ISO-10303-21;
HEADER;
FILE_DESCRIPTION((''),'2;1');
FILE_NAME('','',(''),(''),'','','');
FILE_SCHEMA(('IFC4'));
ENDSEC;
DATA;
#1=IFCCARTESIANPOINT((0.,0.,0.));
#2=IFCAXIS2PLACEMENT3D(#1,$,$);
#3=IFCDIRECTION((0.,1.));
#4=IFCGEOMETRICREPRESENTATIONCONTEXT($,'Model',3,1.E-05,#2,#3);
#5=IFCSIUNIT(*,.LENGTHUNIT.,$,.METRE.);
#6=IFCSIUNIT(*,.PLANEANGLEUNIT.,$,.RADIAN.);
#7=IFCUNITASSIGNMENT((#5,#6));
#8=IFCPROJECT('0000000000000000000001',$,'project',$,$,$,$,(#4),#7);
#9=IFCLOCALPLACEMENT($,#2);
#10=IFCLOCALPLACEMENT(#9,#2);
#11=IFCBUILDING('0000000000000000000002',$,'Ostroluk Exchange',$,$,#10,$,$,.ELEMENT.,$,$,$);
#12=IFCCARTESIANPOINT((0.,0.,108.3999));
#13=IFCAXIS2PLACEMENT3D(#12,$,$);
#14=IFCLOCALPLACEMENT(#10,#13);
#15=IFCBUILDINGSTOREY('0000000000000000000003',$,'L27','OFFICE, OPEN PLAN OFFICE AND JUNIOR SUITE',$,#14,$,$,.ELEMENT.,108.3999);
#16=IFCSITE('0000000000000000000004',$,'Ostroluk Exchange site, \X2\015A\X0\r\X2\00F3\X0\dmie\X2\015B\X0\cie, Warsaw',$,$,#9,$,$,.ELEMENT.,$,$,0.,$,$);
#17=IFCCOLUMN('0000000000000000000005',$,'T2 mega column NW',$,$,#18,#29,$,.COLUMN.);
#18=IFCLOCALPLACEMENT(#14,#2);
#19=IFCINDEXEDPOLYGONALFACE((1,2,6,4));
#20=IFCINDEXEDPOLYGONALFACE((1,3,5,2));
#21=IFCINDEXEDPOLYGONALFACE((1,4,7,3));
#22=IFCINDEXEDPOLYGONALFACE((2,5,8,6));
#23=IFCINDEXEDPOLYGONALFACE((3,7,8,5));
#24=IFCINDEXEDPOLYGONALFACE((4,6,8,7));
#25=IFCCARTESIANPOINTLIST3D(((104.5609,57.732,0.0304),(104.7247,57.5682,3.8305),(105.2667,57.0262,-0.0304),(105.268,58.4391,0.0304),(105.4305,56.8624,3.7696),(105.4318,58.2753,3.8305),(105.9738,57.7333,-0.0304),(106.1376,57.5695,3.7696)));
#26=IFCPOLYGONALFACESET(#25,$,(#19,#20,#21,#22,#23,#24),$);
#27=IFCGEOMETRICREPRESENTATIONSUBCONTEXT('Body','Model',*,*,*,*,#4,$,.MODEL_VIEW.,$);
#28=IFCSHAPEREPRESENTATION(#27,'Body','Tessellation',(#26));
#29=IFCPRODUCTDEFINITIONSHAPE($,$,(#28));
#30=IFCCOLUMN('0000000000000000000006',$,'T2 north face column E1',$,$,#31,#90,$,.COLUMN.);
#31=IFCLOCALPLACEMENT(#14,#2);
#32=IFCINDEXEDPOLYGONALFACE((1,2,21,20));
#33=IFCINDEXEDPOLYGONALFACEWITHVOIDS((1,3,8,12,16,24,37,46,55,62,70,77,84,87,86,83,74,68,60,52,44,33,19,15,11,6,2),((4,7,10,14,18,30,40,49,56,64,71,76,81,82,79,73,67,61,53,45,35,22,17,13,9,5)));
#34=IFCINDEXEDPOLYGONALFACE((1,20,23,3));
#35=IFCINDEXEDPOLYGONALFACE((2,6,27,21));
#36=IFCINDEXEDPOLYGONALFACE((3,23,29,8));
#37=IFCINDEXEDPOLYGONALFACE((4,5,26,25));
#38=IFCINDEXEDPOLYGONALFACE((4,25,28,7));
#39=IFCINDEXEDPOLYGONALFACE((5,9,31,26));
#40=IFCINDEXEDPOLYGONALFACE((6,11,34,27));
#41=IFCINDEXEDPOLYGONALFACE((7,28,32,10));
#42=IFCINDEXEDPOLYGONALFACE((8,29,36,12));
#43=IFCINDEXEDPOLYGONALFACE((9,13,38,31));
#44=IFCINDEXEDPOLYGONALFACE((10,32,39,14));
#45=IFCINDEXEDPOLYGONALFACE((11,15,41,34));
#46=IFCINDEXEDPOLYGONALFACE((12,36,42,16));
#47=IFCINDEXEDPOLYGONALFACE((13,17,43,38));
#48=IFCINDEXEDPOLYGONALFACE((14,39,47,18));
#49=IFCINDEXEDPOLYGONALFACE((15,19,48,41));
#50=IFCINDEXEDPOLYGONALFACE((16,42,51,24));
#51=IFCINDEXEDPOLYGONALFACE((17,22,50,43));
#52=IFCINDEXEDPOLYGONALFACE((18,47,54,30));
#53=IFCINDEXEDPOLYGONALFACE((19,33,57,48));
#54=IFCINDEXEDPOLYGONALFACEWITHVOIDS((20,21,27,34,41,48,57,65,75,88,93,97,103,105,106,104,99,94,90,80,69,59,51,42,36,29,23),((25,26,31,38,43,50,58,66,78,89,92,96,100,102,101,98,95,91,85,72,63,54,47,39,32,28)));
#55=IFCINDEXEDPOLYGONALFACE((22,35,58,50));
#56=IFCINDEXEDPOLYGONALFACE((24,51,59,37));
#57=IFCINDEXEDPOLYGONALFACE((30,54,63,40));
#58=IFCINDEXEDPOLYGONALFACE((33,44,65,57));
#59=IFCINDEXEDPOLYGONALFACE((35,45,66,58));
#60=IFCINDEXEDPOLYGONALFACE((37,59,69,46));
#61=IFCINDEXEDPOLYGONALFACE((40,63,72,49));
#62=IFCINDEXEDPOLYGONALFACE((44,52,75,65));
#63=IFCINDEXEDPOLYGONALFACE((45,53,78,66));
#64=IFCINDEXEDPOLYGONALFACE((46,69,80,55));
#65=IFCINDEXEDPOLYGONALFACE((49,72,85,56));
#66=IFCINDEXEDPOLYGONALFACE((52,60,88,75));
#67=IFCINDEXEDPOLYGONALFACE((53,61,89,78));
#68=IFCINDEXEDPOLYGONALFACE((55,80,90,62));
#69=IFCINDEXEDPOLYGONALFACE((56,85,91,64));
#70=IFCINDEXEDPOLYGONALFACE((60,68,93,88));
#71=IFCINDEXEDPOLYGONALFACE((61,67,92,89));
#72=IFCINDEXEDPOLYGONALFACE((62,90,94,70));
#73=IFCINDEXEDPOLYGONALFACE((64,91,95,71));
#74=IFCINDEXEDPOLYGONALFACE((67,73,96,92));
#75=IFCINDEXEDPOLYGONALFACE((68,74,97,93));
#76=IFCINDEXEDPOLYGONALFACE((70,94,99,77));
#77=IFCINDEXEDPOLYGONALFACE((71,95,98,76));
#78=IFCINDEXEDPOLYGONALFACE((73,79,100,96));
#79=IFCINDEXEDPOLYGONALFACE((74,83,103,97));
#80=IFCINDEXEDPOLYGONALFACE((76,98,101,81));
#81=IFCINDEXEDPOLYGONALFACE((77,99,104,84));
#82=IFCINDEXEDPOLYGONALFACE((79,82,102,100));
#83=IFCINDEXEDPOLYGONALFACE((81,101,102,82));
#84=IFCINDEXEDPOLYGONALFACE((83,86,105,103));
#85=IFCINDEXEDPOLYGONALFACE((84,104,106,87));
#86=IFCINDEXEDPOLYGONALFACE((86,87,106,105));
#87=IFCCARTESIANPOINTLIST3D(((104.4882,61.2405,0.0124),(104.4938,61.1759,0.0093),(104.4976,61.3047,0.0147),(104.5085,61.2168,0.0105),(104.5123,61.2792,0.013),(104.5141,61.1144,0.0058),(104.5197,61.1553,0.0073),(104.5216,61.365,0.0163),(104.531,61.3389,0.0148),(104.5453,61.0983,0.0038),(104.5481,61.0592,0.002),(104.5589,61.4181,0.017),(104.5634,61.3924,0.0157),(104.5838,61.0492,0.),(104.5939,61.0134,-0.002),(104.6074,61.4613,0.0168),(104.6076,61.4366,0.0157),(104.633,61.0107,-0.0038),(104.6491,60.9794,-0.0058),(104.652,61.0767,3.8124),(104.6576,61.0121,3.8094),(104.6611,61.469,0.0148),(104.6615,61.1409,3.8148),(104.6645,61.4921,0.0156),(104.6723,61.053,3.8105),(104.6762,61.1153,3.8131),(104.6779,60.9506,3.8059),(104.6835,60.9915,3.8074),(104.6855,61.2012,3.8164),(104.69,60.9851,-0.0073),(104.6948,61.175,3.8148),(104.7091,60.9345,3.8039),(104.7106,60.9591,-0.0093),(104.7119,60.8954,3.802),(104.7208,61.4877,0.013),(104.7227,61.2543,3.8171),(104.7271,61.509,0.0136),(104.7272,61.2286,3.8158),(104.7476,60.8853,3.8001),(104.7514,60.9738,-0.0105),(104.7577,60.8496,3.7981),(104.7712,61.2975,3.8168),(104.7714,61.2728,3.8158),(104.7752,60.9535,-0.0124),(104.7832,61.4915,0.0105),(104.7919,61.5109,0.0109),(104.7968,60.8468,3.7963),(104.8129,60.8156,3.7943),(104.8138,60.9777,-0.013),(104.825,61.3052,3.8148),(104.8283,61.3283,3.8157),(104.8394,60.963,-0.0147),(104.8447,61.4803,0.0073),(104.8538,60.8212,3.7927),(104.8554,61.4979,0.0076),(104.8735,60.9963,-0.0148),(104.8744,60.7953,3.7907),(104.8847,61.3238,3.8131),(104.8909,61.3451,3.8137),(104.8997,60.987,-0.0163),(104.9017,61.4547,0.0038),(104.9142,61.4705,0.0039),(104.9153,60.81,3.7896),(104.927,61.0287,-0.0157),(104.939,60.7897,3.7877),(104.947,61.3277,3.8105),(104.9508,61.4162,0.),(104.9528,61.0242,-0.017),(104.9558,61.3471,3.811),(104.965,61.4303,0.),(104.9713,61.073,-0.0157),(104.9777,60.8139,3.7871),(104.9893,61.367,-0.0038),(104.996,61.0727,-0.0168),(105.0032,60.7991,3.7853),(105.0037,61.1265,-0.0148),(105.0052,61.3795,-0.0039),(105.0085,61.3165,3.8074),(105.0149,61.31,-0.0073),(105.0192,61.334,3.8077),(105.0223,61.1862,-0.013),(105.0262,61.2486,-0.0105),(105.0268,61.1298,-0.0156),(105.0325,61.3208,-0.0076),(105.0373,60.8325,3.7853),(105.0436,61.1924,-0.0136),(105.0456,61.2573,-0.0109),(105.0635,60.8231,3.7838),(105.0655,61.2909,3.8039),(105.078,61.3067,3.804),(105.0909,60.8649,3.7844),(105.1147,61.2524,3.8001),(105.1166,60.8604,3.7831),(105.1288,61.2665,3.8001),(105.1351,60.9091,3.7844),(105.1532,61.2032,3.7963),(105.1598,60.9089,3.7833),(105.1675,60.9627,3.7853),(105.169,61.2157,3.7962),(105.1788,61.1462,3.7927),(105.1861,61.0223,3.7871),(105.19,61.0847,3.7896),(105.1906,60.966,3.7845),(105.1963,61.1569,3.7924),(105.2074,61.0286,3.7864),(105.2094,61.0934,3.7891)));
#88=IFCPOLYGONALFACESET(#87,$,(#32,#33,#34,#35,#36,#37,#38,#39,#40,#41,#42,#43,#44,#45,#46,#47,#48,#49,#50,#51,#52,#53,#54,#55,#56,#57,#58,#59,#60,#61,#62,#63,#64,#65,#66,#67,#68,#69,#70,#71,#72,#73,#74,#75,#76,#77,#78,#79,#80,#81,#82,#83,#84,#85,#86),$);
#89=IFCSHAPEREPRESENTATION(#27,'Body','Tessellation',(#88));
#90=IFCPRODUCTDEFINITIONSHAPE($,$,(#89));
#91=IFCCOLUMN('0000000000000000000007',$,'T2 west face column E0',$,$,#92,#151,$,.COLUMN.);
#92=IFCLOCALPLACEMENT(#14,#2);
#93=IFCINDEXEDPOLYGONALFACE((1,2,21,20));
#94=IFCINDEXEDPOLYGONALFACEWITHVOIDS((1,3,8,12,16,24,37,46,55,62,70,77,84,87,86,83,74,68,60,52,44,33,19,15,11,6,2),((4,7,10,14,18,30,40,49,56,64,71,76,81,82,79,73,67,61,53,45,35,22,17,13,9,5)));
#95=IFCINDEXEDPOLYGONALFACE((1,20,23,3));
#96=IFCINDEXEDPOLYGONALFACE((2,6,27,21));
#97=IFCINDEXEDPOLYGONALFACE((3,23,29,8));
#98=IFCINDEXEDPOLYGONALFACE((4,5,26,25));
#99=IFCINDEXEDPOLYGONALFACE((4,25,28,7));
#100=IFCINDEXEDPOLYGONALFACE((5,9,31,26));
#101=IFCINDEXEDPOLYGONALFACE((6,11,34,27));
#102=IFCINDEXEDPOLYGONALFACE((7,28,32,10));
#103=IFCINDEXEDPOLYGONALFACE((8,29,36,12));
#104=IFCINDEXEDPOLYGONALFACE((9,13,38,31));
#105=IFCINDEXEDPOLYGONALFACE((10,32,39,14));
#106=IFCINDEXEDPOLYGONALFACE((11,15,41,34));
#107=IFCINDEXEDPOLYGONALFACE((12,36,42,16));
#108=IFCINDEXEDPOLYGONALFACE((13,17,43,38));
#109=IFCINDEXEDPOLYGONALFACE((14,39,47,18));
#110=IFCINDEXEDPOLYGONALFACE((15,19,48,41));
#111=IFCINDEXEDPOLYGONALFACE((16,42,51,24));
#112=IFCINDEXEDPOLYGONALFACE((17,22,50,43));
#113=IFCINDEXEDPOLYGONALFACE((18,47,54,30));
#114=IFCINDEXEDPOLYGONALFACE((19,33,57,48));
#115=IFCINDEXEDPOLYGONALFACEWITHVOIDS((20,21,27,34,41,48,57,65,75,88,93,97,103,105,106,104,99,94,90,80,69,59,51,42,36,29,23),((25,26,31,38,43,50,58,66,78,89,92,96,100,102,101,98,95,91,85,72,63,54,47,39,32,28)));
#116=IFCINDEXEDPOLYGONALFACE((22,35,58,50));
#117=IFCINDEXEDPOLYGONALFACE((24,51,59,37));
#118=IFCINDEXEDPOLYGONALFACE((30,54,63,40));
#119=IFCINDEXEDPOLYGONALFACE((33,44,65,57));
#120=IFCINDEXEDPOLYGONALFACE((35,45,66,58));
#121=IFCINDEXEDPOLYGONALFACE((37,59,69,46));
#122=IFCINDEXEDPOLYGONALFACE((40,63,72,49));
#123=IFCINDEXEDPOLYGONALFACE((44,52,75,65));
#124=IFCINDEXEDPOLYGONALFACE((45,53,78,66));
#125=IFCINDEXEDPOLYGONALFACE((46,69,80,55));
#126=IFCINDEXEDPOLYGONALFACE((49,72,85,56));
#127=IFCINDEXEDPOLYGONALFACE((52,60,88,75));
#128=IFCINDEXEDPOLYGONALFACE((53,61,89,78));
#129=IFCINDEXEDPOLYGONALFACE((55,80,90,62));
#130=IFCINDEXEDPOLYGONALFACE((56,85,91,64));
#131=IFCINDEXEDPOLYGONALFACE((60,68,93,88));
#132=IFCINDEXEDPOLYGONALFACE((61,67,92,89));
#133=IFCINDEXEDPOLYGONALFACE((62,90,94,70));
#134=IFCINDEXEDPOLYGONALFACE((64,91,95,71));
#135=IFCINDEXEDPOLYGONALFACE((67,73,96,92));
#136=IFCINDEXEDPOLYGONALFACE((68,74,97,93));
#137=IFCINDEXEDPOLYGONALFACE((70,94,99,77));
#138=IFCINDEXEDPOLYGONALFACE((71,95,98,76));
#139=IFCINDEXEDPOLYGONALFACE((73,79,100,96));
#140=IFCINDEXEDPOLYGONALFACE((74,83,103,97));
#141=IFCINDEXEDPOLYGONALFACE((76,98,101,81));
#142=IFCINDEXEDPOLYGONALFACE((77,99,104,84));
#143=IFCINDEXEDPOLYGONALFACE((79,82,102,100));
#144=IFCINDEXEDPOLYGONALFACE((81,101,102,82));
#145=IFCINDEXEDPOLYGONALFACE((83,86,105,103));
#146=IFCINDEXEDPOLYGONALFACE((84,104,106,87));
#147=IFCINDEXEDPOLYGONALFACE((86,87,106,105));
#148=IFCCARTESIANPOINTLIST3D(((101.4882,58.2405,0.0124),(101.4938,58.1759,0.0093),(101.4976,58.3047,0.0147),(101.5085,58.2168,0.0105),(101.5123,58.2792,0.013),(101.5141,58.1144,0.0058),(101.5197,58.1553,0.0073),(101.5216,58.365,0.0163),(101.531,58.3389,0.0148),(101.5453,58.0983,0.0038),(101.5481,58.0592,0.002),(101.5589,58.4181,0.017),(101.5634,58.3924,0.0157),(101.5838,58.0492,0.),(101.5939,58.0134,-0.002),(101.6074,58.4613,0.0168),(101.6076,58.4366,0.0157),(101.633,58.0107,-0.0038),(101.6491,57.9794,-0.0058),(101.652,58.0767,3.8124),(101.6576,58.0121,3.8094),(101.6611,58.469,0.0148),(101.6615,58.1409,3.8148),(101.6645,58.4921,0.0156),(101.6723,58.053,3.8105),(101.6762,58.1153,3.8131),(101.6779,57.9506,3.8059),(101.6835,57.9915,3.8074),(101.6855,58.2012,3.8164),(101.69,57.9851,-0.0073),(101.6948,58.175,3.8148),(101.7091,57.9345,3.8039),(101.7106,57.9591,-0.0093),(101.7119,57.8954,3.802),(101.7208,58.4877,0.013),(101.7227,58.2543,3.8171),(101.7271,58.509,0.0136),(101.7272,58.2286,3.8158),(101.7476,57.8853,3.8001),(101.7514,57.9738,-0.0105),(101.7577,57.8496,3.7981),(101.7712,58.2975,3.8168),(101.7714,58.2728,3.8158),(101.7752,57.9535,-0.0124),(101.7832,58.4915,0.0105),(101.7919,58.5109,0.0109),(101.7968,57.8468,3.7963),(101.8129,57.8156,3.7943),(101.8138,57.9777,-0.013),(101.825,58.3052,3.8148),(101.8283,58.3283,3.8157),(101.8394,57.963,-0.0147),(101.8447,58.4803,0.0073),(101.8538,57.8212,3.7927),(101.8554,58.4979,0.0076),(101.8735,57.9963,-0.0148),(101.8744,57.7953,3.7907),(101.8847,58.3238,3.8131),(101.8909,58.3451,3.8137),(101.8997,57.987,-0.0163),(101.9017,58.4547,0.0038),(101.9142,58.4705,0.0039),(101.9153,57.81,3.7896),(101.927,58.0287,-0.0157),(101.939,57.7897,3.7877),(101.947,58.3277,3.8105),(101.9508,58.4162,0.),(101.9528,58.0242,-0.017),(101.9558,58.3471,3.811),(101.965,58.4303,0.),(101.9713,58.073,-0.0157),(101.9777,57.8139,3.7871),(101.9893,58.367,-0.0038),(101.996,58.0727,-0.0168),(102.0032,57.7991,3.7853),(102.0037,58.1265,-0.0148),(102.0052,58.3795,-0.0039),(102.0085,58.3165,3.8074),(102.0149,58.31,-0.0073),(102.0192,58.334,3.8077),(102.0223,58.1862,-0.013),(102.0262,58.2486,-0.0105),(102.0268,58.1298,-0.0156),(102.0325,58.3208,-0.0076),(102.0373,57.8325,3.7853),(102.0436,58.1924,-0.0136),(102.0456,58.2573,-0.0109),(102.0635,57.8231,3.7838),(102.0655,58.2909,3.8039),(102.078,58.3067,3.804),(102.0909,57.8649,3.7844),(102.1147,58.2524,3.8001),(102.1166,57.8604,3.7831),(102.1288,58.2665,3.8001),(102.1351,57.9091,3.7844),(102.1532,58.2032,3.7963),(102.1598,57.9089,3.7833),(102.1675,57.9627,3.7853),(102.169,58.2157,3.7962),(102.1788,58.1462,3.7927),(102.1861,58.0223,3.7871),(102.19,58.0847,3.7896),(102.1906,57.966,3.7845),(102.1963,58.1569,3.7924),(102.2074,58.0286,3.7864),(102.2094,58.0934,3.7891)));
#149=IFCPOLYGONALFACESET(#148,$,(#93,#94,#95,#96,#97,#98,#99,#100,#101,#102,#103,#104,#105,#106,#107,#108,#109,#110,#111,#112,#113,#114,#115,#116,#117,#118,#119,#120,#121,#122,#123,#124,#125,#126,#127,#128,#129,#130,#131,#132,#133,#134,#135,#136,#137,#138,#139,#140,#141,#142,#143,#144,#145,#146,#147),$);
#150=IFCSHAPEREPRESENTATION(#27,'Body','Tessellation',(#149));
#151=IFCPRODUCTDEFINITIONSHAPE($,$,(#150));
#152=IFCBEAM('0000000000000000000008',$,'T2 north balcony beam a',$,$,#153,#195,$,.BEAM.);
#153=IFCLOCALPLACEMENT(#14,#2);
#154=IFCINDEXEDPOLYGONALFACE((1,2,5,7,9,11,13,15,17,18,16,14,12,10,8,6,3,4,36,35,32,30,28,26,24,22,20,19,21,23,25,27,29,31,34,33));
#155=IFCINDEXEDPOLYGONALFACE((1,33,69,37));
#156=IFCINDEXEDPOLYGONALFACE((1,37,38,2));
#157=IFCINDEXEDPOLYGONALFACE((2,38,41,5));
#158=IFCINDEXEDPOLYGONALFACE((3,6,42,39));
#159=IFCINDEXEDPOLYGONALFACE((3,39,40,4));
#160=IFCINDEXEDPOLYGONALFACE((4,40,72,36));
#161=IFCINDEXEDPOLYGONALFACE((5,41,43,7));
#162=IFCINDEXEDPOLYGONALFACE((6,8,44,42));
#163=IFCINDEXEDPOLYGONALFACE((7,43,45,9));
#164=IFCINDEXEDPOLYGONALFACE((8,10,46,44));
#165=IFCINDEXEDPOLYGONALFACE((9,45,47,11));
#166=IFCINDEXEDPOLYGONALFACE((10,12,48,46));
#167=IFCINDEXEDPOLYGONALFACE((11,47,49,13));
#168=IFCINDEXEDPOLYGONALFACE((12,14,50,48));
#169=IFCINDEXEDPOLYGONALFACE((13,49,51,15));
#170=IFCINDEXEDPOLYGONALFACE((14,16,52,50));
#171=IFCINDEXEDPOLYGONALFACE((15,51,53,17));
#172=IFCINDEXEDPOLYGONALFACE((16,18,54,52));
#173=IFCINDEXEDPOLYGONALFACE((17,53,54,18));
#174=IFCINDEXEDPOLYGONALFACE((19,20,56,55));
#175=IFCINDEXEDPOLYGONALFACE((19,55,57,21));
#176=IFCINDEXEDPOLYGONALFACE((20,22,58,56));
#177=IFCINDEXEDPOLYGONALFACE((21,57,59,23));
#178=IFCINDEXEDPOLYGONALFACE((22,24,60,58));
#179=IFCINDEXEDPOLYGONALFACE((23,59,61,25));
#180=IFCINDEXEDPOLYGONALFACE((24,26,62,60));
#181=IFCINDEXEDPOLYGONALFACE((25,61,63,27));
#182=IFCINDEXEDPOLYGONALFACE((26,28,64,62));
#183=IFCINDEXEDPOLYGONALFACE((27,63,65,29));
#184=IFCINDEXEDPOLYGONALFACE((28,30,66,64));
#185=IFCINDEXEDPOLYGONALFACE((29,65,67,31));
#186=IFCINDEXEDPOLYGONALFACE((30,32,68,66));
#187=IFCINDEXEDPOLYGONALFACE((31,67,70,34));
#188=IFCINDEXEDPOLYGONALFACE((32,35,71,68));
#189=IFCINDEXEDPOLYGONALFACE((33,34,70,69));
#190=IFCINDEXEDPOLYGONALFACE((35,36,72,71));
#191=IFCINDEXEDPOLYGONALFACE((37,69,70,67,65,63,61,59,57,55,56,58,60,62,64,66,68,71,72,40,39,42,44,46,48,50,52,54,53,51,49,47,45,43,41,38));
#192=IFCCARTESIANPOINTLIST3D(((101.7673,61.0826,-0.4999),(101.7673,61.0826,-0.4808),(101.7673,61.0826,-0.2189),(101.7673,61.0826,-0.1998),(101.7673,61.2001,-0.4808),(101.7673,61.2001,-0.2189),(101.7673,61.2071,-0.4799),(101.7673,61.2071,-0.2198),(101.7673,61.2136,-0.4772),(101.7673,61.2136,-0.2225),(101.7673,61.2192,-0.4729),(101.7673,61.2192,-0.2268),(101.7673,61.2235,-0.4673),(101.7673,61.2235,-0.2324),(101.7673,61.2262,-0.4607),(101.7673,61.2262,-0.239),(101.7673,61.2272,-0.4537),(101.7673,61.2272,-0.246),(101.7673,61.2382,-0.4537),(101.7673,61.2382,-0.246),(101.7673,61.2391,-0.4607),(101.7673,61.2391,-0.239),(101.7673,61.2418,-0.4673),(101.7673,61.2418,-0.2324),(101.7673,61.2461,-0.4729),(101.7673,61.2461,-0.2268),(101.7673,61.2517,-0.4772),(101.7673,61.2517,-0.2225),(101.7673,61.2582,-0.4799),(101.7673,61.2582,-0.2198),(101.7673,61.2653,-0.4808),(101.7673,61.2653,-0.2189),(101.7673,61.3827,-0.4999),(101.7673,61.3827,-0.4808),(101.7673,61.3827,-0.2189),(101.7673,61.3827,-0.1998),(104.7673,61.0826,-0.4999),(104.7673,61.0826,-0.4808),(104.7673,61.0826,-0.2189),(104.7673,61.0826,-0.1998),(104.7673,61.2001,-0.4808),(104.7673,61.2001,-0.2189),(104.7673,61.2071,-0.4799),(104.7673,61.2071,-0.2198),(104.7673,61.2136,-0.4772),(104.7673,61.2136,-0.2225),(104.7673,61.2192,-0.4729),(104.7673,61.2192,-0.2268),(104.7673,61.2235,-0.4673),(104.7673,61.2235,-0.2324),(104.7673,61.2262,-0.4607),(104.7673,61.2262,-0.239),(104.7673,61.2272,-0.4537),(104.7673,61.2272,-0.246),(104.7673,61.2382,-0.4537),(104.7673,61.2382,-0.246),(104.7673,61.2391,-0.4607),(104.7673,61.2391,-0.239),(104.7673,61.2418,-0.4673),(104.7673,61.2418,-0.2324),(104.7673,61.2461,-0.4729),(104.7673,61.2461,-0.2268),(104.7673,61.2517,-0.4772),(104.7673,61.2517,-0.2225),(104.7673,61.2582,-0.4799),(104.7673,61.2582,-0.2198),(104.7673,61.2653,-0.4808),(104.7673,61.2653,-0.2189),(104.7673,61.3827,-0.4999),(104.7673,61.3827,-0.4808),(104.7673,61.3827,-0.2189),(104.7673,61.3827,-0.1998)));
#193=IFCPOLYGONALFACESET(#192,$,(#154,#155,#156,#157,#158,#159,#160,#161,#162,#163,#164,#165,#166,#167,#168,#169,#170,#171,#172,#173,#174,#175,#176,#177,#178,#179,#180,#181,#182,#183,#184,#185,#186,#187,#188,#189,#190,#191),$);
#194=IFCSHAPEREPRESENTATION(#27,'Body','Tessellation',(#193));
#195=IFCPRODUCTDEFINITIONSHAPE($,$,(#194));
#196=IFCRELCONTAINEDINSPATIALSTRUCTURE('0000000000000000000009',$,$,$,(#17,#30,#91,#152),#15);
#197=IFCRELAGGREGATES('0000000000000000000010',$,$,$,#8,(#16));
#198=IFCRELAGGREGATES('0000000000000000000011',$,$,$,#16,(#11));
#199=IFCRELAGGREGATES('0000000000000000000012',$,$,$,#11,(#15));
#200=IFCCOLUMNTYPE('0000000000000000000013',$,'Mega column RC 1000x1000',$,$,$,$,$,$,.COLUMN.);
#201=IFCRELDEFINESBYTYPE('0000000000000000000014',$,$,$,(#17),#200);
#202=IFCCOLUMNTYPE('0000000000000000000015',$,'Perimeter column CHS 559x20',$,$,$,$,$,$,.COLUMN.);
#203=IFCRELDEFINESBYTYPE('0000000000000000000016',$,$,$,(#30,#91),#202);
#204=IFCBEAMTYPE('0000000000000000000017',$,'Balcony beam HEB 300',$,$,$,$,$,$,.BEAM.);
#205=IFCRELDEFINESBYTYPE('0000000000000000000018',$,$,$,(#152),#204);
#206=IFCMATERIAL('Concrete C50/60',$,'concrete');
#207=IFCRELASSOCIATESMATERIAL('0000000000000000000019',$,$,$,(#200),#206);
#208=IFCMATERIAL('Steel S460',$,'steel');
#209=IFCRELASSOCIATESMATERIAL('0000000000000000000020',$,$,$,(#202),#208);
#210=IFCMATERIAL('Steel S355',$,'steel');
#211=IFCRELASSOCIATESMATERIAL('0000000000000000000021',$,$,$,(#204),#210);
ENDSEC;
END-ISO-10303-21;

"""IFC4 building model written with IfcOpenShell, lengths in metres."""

from ifc_helpers import new_model, si_unit, direction, frame, origin, origin_2d, place, context, subcontext, project, spatial, rectangle, hollow_circle, i_section, extrude, material, material_profile, profile_set, type_object, element, save


model = new_model("IFC4")

# Units and contexts
model_context = context("Model", 3, precision=1e-05, world=origin(), true_north=direction((0.0, 1.0)))
body_context = subcontext(model_context, "Body", "Model", "MODEL_VIEW")
ifc_project = project(units=[si_unit("LENGTHUNIT", "METRE"), si_unit("PLANEANGLEUNIT", "RADIAN")], contexts=[model_context])

# Site, building, storey
site_placement = place(None, origin())
site = spatial("IfcSite", under=ifc_project, at=site_placement, Name="Ostroluk Exchange site, Śródmieście, Warsaw", CompositionType="ELEMENT", RefElevation=0.0)
building_placement = place(site_placement, origin())
building = spatial("IfcBuilding", under=site, at=building_placement, Name="Ostroluk Exchange", CompositionType="ELEMENT")
storey_placement = place(building_placement, frame((0.0, 0.0, 108.3999)))
storey = spatial("IfcBuildingStorey", under=building, at=storey_placement, Name="L27", Description="OFFICE, OPEN PLAN OFFICE AND JUNIOR SUITE", CompositionType="ELEMENT", Elevation=108.3999)

# Columns
ifc_material_1 = material(Name="Concrete C50/60", Category="concrete")
ifc_material_profile_1 = material_profile(ifc_material_1, rectangle(XDim=1.0, YDim=1.0, at=origin_2d()), Name="RC 1000x1000")
ifc_profile_set_1 = profile_set([ifc_material_profile_1], Name="Concrete C50/60")
column_type_1 = type_object("IfcColumnType", Name="Mega column RC 1000x1000", PredefinedType="COLUMN", material=ifc_profile_set_1)
column_placement = place(storey_placement, frame((105.2673, 57.7327, 0.0), z_axis=(0.04303, -0.04303, 0.998147), x_axis=(0.707107, 0.707107, 0.0)))
element("IfcColumn", 1, at=column_placement, inside=storey, type_object=column_type_1, Name="T2 mega column NW", PredefinedType="COLUMN", context=body_context, shape_type="SweptSolid", body=[
    extrude(rectangle(XDim=1.0, YDim=1.0, at=origin_2d()), origin(), (0.0, 0.0, 1.0), 3.8071),
])
ifc_material_2 = material(Name="Steel S460", Category="steel")
ifc_material_profile_2 = material_profile(ifc_material_2, hollow_circle(Radius=0.2795, WallThickness=0.02, at=origin_2d()), Name="CHS 559x20")
ifc_profile_set_2 = profile_set([ifc_material_profile_2], Name="Steel S460")
column_type_2 = type_object("IfcColumnType", Name="Perimeter column CHS 559x20", PredefinedType="COLUMN", material=ifc_profile_set_2)
for number, where, z_axis, x_axis, name in (
    (2, (104.7673, 61.2327, 0.0), (0.04303, -0.04303, 0.998147), (0.707107, 0.707107, 0.0), "T2 north face column E1"),
    (3, (101.7673, 58.2327, 0.0), (0.04303, -0.04303, 0.998147), (0.707107, 0.707107, 0.0), "T2 west face column E0"),
):
    element("IfcColumn", number, at=place(storey_placement, frame(where, z_axis=z_axis, x_axis=x_axis)), inside=storey, type_object=column_type_2, Name=name, PredefinedType="COLUMN", context=body_context, shape_type="SweptSolid", body=[
        extrude(hollow_circle(Radius=0.2795, WallThickness=0.02, at=origin_2d()), origin(), (0.0, 0.0, 1.0), 3.8071),
    ])

# Beam
ifc_material_3 = material(Name="Steel S355", Category="steel")
ifc_material_profile_3 = material_profile(ifc_material_3, i_section(OverallWidth=0.3, OverallDepth=0.3, WebThickness=0.011, FlangeThickness=0.019, FilletRadius=0.0271, at=origin_2d()), Name="HEB 300")
ifc_profile_set_3 = profile_set([ifc_material_profile_3], Name="Steel S355")
beam_type_1 = type_object("IfcBeamType", Name="Balcony beam HEB 300", PredefinedType="BEAM", material=ifc_profile_set_3)
for number, where, z_axis, x_axis, name in (
    (4, (104.7673, 61.2327, -0.3499), (-1.0, 0.0, 0.0), (0.0, -1.0, 0.0), "T2 north balcony beam a"),
):
    element("IfcBeam", number, at=place(storey_placement, frame(where, z_axis=z_axis, x_axis=x_axis)), inside=storey, type_object=beam_type_1, Name=name, PredefinedType="BEAM", context=body_context, shape_type="SweptSolid", body=[
        extrude(i_section(OverallWidth=0.3, OverallDepth=0.3, WebThickness=0.011, FlangeThickness=0.019, FilletRadius=0.0271, at=origin_2d()), origin(), (0.0, 0.0, 1.0), 3.0),
    ])

save(model, "model.ifc")
